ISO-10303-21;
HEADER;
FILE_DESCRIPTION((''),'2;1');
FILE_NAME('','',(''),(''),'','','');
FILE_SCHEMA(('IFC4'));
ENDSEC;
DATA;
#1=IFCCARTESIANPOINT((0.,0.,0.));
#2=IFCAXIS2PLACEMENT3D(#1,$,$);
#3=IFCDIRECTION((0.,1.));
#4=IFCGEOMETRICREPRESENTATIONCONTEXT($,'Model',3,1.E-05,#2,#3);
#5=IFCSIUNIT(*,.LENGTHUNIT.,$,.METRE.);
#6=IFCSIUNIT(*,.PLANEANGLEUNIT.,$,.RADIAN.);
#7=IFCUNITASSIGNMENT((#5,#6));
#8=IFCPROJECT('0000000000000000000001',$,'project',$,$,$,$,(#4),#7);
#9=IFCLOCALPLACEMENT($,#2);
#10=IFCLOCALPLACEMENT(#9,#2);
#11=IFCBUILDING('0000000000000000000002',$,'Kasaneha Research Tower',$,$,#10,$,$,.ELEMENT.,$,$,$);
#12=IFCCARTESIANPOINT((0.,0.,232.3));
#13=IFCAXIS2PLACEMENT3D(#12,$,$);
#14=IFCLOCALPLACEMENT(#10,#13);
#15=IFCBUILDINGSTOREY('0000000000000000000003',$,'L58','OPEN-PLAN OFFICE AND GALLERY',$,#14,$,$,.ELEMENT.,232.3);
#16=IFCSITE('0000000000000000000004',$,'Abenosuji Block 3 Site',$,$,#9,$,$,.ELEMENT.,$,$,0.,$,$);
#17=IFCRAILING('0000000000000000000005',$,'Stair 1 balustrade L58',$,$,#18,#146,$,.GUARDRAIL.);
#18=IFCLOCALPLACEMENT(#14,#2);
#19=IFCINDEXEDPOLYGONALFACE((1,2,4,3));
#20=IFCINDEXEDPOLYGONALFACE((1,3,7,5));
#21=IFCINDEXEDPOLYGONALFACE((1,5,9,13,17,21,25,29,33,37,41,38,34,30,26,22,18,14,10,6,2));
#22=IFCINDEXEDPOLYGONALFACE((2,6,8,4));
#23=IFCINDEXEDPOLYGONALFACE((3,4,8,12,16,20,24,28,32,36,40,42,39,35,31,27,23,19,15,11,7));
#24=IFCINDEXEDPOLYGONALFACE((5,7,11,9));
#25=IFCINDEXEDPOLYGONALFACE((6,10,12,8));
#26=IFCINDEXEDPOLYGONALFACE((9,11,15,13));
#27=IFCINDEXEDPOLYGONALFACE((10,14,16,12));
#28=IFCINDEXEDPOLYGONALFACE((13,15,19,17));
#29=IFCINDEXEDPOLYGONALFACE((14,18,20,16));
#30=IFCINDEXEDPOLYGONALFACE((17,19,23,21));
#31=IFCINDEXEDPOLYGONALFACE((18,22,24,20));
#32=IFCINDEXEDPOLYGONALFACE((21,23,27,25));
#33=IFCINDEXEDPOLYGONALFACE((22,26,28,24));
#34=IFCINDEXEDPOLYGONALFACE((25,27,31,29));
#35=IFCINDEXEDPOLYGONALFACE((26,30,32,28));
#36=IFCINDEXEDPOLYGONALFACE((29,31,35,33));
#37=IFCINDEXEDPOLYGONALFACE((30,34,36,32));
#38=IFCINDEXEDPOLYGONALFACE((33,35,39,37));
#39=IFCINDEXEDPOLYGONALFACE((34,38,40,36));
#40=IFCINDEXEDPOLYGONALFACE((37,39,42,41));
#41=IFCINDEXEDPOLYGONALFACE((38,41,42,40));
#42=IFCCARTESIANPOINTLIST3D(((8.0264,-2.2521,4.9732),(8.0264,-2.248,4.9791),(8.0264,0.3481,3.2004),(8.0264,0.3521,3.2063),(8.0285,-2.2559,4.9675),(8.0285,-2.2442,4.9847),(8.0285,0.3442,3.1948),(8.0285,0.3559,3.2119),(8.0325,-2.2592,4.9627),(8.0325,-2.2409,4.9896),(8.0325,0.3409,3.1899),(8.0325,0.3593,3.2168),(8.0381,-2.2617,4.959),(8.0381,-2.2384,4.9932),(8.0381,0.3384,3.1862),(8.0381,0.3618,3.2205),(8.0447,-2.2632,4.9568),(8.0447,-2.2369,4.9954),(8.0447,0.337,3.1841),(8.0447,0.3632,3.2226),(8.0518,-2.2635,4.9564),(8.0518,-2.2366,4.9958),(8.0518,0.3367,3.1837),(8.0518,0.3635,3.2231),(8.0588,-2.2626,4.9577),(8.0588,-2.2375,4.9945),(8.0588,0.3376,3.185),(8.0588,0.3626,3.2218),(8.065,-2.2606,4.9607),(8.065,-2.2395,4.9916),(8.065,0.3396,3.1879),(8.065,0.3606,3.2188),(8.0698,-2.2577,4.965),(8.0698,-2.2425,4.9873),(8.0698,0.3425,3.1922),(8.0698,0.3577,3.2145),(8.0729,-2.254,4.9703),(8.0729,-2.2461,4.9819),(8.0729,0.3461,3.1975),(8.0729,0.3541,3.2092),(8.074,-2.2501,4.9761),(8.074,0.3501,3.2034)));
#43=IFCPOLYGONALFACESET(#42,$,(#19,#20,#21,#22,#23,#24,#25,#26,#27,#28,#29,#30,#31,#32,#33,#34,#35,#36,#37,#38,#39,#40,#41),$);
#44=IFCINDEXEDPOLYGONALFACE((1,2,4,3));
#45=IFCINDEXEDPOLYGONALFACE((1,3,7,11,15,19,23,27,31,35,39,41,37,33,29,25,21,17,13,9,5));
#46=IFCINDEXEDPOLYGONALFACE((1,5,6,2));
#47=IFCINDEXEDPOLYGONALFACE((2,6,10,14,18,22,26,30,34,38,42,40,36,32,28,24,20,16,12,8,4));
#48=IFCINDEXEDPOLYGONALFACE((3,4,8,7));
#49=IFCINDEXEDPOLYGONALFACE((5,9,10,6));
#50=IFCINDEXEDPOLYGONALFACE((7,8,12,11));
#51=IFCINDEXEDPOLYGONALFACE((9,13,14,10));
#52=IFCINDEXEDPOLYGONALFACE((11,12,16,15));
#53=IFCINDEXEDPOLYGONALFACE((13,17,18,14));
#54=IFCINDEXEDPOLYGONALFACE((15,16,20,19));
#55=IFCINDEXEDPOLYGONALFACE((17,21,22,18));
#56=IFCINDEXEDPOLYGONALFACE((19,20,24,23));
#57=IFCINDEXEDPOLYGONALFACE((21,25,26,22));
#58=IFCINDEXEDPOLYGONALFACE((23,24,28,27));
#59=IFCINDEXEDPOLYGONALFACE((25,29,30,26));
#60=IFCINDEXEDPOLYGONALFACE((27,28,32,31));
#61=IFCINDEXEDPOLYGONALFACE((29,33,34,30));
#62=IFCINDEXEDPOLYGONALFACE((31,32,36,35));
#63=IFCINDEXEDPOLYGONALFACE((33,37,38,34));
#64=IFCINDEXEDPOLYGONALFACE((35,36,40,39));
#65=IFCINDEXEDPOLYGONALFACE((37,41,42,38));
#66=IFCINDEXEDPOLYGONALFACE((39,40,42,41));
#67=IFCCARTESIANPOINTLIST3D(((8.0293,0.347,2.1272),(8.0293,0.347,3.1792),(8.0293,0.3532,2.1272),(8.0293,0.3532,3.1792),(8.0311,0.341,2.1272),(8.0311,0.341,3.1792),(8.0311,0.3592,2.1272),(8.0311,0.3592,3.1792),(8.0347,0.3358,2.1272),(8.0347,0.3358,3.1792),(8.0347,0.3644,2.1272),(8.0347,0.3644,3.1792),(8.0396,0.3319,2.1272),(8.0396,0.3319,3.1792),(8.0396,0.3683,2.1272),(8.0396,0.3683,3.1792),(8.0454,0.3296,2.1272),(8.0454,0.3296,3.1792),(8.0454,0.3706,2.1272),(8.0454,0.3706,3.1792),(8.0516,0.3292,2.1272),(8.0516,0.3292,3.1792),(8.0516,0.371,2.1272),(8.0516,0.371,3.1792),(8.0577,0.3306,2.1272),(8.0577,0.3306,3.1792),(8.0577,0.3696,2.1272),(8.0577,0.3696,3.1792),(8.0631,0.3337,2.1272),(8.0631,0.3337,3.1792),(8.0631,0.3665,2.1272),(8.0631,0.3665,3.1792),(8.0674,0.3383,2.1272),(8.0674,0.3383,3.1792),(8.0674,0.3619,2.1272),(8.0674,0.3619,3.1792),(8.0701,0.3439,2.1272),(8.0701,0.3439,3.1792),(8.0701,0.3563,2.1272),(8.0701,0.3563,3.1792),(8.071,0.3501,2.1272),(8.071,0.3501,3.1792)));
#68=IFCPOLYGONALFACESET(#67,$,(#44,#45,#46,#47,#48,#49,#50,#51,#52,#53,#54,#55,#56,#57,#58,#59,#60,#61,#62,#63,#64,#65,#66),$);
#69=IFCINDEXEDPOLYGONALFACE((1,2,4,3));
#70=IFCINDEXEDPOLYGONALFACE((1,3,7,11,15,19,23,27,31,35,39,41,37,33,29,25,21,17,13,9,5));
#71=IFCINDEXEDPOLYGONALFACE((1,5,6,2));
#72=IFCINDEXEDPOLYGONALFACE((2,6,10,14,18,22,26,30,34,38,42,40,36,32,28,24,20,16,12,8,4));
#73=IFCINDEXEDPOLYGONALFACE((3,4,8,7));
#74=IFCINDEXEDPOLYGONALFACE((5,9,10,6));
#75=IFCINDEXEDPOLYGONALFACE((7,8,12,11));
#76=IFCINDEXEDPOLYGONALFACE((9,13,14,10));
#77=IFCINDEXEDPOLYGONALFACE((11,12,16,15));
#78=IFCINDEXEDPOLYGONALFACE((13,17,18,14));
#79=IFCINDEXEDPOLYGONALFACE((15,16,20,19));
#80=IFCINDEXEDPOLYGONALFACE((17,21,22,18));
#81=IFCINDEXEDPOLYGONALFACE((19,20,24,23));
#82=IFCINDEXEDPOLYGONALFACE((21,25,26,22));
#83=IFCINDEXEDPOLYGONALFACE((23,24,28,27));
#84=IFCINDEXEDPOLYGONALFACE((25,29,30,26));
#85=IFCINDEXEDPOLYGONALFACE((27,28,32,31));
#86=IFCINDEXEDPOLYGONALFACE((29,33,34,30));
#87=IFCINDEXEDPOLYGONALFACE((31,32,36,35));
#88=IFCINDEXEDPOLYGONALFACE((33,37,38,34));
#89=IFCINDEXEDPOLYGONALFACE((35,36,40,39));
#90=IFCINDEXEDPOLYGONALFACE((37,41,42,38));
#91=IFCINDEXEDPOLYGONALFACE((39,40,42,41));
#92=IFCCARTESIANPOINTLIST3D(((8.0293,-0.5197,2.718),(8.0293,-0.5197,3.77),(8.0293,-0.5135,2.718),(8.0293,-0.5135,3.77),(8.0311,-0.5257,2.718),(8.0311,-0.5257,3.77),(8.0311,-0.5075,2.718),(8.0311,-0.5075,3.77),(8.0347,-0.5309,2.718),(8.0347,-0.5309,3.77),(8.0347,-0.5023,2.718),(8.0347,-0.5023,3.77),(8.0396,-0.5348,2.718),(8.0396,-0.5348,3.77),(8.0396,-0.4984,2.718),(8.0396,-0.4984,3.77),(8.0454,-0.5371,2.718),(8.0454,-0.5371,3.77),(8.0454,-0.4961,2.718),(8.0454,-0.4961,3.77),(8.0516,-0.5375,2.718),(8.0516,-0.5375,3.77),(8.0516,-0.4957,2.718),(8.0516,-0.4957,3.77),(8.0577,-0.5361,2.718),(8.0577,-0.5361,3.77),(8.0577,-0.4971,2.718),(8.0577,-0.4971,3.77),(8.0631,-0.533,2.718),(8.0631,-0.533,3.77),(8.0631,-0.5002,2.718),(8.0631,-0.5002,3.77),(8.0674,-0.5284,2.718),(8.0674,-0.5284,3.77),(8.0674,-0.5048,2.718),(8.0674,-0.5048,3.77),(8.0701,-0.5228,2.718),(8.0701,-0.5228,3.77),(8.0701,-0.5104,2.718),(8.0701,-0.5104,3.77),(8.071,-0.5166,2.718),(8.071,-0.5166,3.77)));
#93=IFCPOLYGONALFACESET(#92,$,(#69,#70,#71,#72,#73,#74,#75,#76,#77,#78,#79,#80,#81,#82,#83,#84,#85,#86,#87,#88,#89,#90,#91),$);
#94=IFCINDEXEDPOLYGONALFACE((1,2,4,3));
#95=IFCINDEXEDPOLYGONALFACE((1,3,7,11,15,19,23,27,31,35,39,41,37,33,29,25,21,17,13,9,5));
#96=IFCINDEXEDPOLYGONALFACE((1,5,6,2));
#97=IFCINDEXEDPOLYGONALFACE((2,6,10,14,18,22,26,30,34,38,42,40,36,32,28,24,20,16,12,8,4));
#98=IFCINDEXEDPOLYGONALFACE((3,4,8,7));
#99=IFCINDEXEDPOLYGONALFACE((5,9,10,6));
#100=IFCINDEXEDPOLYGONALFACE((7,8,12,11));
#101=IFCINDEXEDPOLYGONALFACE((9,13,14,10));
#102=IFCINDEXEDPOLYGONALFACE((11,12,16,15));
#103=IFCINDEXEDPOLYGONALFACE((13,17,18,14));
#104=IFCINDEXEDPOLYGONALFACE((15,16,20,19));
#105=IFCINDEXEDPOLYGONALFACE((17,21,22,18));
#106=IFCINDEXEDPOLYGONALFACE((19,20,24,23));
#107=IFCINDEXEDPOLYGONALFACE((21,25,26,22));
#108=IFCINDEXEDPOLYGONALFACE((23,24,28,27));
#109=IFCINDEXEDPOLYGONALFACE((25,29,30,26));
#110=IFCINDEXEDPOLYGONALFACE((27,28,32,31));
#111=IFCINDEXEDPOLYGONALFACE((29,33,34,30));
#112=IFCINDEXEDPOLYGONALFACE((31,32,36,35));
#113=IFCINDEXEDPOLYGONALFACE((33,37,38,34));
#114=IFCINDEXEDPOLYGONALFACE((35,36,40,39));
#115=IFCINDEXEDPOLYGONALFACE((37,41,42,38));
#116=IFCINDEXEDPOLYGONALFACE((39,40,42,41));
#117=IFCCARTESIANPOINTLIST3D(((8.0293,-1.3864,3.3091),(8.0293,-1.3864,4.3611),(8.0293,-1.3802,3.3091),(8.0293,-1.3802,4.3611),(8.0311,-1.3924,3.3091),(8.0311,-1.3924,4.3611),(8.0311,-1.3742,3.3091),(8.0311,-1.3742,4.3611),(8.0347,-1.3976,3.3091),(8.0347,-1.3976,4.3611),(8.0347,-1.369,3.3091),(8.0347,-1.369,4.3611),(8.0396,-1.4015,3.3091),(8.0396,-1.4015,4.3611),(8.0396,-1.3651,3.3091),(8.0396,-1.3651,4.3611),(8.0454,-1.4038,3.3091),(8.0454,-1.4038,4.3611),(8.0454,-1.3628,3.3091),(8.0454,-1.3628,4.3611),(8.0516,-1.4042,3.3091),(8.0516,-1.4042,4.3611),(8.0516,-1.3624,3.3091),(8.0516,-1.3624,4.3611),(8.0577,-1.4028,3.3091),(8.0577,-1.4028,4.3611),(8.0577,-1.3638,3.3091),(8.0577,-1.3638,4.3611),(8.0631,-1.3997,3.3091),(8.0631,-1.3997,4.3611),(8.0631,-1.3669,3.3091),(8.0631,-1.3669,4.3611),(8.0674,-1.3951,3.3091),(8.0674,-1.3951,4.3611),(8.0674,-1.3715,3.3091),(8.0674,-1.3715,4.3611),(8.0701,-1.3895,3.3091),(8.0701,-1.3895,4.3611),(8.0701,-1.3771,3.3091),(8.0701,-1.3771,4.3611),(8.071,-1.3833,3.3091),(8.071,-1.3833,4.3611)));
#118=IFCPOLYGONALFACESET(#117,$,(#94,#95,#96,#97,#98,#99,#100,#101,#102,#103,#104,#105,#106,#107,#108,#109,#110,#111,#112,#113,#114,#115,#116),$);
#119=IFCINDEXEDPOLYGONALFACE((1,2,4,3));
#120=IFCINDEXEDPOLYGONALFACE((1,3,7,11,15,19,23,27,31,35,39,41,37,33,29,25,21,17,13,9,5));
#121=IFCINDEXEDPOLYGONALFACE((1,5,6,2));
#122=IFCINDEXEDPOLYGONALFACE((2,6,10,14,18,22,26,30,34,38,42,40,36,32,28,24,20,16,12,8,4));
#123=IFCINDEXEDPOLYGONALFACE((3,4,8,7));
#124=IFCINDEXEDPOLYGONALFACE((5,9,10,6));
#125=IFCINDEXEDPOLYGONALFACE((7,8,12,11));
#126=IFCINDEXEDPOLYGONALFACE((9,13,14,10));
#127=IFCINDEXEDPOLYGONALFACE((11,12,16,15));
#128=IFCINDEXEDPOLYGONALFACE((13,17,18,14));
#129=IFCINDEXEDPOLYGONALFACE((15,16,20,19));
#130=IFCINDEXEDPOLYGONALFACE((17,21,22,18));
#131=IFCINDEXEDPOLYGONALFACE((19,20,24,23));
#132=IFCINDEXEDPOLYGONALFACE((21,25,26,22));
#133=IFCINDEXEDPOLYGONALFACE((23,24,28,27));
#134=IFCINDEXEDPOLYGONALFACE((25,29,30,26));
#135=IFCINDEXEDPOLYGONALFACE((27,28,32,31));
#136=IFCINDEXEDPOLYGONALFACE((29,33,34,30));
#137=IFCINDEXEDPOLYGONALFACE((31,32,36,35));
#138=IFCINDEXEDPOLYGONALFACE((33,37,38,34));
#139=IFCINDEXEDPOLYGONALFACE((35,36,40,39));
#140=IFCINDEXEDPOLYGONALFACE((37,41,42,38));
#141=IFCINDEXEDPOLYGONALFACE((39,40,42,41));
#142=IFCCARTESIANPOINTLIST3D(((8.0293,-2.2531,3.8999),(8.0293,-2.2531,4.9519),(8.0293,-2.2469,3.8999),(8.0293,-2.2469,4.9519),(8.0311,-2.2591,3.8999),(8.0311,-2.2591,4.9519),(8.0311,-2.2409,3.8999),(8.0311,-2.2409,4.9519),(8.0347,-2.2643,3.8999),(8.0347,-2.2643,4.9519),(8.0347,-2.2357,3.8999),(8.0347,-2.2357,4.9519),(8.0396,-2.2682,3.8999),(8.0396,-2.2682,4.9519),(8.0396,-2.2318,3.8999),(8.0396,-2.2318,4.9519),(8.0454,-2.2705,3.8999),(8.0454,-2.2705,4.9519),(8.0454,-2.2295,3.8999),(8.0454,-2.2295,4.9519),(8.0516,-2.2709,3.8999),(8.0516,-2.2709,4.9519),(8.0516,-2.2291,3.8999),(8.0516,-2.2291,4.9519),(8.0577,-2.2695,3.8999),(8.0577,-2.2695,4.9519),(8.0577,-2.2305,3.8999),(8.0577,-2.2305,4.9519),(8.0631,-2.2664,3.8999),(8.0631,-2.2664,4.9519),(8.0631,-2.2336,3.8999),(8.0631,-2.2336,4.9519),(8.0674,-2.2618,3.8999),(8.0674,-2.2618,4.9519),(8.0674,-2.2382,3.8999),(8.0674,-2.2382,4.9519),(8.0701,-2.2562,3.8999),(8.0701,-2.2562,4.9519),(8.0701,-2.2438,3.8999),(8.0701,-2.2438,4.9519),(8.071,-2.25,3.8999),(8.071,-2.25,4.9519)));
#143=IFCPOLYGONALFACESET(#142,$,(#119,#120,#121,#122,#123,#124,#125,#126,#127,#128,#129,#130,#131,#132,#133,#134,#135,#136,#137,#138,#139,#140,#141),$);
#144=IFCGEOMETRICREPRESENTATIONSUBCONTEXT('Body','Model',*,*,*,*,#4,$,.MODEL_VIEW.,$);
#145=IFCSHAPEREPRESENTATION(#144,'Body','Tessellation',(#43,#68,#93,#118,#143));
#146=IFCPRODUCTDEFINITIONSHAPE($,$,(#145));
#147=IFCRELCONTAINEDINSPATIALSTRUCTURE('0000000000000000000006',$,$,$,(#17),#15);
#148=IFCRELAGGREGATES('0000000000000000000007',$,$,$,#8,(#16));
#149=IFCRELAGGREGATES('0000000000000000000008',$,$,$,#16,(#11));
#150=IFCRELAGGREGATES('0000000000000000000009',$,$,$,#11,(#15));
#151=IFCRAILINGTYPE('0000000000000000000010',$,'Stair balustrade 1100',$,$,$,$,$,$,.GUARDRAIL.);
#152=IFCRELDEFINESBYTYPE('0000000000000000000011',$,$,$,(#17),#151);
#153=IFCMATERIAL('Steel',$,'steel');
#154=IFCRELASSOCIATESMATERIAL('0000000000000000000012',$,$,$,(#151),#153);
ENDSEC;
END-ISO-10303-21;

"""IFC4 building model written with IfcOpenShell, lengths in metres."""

from ifc_helpers import new_model, si_unit, direction, frame, origin, origin_2d, place, context, subcontext, project, spatial, circle, extrude, material, type_object, element, save


model = new_model("IFC4")

# Units and contexts
model_context = context("Model", 3, precision=1e-05, world=origin(), true_north=direction((0.0, 1.0)))
body_context = subcontext(model_context, "Body", "Model", "MODEL_VIEW")
ifc_project = project(units=[si_unit("LENGTHUNIT", "METRE"), si_unit("PLANEANGLEUNIT", "RADIAN")], contexts=[model_context])

# Site, building, storey
site_placement = place(None, origin())
site = spatial("IfcSite", under=ifc_project, at=site_placement, Name="Abenosuji Block 3 Site", CompositionType="ELEMENT", RefElevation=0.0)
building_placement = place(site_placement, origin())
building = spatial("IfcBuilding", under=site, at=building_placement, Name="Kasaneha Research Tower", CompositionType="ELEMENT")
storey_placement = place(building_placement, frame((0.0, 0.0, 232.3)))
storey = spatial("IfcBuildingStorey", under=building, at=storey_placement, Name="L58", Description="OPEN-PLAN OFFICE AND GALLERY", CompositionType="ELEMENT", Elevation=232.3)

# Railing
ifc_material_1 = material(Name="Steel", Category="steel")
railing_type_1 = type_object("IfcRailingType", Name="Stair balustrade 1100", PredefinedType="GUARDRAIL", material=ifc_material_1)
railing_1_placement = place(storey_placement, frame((8.05, 0.3501, 2.1272)))
element("IfcRailing", 1, at=railing_1_placement, inside=storey, type_object=railing_type_1, Name="Stair 1 balustrade L58", PredefinedType="GUARDRAIL", context=body_context, shape_type="SweptSolid", body=[
    extrude(circle(Radius=0.0239, at=origin_2d()), frame((0.0, 0.0, 1.0762), z_axis=(0.0, -0.82624, 0.563318), x_axis=(1.0, 0.0, 0.0)), (0.0, 0.0, 1.0), 3.147),
    extrude(circle(Radius=0.021, at=origin_2d()), origin(), (0.0, 0.0, 1.0), 1.052),
    extrude(circle(Radius=0.021, at=origin_2d()), frame((0.0, -0.8667, 0.5908)), (0.0, 0.0, 1.0), 1.052),
    extrude(circle(Radius=0.021, at=origin_2d()), frame((0.0, -1.7334, 1.1819)), (0.0, 0.0, 1.0), 1.052),
    extrude(circle(Radius=0.021, at=origin_2d()), frame((0.0, -2.6001, 1.7727)), (0.0, 0.0, 1.0), 1.052),
])

save(model, "model.ifc")
